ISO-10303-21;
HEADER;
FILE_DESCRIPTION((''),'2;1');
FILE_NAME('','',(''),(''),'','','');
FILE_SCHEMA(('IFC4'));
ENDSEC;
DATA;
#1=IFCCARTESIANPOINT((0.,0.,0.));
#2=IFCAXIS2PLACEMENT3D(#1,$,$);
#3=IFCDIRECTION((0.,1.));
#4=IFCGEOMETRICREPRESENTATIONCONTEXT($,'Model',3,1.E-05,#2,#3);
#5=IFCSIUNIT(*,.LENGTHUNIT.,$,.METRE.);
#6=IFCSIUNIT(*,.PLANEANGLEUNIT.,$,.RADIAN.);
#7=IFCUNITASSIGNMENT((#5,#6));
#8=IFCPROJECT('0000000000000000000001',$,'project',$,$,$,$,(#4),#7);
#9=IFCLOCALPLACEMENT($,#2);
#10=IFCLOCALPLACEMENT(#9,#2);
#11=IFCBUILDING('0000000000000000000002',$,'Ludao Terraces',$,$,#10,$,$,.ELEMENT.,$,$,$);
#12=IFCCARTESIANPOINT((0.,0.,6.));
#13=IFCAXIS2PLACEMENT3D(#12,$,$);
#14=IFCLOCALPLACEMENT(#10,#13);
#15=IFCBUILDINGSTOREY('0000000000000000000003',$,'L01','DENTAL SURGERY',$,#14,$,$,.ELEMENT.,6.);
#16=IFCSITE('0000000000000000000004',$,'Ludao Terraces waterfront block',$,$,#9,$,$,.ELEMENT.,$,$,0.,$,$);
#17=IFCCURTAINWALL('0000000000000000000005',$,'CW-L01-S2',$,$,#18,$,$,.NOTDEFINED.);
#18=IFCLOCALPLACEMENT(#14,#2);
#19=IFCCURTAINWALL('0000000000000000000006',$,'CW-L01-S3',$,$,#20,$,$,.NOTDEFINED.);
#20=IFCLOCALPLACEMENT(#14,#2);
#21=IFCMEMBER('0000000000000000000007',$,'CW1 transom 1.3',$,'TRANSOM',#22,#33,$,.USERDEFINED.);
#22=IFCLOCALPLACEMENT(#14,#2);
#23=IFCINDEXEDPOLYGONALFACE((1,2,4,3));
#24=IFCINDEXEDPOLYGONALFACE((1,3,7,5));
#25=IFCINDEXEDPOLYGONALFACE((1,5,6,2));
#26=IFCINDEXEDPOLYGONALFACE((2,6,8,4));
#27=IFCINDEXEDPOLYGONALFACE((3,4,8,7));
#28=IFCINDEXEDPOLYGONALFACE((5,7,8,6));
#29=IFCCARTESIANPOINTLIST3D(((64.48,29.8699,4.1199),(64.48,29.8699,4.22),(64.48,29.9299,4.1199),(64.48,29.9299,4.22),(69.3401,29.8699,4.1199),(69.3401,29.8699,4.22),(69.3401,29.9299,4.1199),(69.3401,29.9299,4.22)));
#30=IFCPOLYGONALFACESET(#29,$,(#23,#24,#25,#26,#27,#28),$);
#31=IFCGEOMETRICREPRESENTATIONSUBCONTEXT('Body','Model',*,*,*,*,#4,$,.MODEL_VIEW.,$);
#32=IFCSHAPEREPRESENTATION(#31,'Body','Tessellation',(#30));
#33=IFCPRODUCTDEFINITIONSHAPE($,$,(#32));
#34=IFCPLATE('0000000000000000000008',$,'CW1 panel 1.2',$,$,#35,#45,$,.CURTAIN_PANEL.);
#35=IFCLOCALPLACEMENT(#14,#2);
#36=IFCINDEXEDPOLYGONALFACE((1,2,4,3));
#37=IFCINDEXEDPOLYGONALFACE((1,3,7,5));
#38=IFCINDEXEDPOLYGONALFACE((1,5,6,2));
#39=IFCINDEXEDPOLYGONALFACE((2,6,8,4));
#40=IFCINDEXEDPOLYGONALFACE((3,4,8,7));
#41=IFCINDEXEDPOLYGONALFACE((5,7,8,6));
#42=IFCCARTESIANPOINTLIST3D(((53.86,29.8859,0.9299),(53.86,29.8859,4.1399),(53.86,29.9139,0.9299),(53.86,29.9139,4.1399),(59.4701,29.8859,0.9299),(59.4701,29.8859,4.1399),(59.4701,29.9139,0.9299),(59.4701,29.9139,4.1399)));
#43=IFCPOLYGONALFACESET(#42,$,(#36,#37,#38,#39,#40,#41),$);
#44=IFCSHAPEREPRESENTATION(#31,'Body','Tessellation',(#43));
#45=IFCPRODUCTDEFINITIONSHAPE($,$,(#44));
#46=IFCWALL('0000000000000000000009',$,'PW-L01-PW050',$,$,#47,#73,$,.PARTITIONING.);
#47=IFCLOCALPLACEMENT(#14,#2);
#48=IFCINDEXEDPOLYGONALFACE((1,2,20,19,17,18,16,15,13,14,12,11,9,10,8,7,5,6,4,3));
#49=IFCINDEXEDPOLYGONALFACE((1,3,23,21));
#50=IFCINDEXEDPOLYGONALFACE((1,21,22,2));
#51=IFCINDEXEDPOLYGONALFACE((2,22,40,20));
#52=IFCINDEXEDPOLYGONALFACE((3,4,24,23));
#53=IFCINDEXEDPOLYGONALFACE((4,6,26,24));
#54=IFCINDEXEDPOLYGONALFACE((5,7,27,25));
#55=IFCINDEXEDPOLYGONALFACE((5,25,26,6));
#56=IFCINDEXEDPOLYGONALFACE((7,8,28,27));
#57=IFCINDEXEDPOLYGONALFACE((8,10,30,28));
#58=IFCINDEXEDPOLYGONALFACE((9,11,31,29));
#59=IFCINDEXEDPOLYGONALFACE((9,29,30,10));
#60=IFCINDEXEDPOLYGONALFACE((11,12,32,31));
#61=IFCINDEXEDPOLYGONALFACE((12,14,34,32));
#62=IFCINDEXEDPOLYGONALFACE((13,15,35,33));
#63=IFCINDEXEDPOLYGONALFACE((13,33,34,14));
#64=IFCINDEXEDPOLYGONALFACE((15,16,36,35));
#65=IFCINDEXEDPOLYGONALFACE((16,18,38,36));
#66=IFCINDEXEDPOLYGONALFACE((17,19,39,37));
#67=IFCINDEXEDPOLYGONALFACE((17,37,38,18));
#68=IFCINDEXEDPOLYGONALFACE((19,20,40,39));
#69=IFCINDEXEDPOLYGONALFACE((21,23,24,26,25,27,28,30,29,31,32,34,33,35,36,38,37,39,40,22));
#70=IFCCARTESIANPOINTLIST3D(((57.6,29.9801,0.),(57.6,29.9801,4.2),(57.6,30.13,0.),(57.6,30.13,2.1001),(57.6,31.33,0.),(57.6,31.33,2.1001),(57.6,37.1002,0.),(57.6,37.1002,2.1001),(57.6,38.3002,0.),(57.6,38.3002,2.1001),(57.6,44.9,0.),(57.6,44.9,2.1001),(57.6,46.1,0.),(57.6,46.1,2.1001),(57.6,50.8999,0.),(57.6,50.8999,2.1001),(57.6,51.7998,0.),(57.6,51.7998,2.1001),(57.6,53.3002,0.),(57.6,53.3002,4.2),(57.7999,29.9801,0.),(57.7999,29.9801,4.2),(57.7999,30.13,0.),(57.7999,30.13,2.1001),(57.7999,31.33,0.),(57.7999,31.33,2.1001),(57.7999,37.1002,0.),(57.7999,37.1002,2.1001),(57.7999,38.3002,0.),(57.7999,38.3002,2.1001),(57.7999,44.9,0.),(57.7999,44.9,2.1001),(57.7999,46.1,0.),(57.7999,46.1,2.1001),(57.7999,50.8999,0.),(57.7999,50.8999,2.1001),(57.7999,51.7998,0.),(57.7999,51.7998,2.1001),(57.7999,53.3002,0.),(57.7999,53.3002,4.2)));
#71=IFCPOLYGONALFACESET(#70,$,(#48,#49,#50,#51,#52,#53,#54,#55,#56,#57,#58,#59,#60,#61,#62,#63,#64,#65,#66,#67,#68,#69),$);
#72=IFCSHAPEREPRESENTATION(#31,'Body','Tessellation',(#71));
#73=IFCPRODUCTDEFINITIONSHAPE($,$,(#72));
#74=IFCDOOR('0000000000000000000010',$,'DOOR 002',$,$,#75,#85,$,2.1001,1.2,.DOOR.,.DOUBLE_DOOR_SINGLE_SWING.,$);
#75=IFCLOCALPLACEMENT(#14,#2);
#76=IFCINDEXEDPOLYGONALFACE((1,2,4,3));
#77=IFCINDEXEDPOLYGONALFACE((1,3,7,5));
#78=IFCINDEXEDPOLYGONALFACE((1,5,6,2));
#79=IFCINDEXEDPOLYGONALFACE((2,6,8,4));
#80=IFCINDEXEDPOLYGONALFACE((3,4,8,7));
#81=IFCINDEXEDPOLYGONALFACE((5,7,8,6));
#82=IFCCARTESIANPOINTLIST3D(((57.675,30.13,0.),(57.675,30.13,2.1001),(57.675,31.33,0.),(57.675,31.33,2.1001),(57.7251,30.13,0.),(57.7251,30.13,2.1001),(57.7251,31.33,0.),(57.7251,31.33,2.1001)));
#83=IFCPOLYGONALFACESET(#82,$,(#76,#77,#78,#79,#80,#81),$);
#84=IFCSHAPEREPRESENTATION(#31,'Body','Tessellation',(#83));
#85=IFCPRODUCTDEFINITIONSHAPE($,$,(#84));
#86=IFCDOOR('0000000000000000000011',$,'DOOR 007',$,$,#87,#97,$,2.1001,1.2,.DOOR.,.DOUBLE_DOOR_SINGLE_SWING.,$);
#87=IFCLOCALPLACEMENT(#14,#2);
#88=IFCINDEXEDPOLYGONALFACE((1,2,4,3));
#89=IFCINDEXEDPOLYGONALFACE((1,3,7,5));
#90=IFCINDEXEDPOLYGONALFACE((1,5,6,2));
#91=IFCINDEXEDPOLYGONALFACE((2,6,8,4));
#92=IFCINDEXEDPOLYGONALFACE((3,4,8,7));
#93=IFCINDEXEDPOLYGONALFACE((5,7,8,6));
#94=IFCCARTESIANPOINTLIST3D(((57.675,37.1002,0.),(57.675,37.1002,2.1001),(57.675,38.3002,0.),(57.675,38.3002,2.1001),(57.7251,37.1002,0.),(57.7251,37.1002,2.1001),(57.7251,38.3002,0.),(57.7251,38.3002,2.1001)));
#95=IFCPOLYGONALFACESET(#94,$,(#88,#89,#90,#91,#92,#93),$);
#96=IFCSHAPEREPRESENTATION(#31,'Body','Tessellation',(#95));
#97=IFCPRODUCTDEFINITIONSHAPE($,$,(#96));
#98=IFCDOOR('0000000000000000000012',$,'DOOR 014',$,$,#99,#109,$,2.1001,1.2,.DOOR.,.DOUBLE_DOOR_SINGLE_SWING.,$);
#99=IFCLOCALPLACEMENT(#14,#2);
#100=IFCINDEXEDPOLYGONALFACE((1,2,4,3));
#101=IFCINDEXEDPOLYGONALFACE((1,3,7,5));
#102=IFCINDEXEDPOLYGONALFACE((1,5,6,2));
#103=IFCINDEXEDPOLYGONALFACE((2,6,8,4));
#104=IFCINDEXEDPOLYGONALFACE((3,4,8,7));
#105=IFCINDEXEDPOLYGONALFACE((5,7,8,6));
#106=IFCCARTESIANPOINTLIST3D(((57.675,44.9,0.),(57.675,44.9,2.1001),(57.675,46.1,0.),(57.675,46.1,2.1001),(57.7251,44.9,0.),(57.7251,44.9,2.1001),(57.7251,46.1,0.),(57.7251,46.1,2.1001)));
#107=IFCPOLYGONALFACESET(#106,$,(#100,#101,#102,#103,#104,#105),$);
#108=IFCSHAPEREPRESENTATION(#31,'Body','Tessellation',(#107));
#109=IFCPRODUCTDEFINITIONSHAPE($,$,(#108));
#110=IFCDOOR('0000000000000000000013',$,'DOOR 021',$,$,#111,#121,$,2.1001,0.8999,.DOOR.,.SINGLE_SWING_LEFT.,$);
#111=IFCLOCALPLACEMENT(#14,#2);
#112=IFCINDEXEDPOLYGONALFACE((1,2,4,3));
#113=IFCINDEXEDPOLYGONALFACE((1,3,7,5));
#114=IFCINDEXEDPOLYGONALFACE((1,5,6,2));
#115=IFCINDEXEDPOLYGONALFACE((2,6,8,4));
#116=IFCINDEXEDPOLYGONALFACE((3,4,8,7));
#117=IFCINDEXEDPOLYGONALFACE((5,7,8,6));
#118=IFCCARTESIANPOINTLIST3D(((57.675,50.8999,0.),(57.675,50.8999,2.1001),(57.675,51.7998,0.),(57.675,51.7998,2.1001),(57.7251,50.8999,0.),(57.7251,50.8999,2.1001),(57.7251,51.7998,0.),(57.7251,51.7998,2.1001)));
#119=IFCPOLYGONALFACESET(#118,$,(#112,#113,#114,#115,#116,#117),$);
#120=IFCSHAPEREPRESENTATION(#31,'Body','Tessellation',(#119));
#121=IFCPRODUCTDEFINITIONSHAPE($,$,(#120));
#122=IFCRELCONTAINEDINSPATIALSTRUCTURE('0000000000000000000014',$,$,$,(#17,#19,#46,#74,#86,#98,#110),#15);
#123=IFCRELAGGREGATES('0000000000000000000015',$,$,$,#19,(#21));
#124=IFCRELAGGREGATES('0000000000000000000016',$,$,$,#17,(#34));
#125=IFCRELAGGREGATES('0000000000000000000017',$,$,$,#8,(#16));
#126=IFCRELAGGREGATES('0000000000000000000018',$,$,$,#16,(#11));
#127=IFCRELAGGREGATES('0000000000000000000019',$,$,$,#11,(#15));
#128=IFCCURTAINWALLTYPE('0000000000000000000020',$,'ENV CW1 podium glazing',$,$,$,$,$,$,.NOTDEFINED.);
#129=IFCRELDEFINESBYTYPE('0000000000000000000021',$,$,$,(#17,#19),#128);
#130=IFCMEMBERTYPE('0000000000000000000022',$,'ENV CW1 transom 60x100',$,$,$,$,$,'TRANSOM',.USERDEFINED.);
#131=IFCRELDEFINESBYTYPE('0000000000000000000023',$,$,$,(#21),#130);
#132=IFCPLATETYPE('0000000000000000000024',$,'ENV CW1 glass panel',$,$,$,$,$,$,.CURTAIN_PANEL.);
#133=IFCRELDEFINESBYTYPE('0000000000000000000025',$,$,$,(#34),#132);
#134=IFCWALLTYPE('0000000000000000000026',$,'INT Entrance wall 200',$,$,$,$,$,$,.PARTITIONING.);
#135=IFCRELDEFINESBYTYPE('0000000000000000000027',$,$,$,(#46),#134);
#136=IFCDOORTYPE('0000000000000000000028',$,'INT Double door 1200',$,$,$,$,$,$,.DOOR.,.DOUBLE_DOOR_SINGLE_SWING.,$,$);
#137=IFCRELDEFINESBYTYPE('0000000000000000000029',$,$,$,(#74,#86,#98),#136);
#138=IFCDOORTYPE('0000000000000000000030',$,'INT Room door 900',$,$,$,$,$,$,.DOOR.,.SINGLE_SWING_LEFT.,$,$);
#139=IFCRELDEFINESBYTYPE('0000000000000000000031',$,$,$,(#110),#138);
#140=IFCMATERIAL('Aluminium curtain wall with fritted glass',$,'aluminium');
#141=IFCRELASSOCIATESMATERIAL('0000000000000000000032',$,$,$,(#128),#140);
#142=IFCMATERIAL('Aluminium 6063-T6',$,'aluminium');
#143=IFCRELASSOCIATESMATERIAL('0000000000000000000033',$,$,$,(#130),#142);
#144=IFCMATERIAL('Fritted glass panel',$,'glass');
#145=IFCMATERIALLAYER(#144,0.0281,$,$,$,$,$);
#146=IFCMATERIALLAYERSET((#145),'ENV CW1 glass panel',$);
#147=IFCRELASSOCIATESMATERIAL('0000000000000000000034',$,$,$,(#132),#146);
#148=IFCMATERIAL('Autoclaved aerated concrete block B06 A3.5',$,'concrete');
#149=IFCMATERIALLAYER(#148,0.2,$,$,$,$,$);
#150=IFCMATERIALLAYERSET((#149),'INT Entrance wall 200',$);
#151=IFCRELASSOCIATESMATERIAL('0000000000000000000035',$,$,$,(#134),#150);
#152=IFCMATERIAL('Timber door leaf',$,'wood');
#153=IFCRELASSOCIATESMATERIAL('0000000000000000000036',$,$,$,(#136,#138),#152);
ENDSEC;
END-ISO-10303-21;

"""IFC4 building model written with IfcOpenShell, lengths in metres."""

from ifc_helpers import new_model, si_unit, direction, frame, frame_2d, origin, origin_2d, place, context, subcontext, project, spatial, rectangle, extrude, material, layer, layer_set, material_profile, profile_set, type_object, element, fill, aggregate, save


model = new_model("IFC4")

# Units and contexts
model_context = context("Model", 3, precision=1e-05, world=origin(), true_north=direction((0.0, 1.0)))
body_context = subcontext(model_context, "Body", "Model", "MODEL_VIEW")
ifc_project = project(units=[si_unit("LENGTHUNIT", "METRE"), si_unit("PLANEANGLEUNIT", "RADIAN")], contexts=[model_context])

# Site, building, storey
site_placement = place(None, origin())
site = spatial("IfcSite", under=ifc_project, at=site_placement, Name="Ludao Terraces waterfront block", CompositionType="ELEMENT", RefElevation=0.0)
building_placement = place(site_placement, origin())
building = spatial("IfcBuilding", under=site, at=building_placement, Name="Ludao Terraces", CompositionType="ELEMENT")
storey_placement = place(building_placement, frame((0.0, 0.0, 6.0)))
storey = spatial("IfcBuildingStorey", under=building, at=storey_placement, Name="L01", Description="DENTAL SURGERY", CompositionType="ELEMENT", Elevation=6.0)

# Curtain wall
ifc_material_1 = material(Name="Aluminium curtain wall with fritted glass", Category="aluminium")
curtain_wall_type = type_object("IfcCurtainWallType", Name="ENV CW1 podium glazing", PredefinedType="NOTDEFINED", material=ifc_material_1)
curtain_wall_1_placement = place(storey_placement, origin())
curtain_wall_1 = element("IfcCurtainWall", 1, at=curtain_wall_1_placement, inside=storey, type_object=curtain_wall_type, Name="CW-L01-S2", PredefinedType="NOTDEFINED")
ifc_material_2 = material(Name="Aluminium 6063-T6", Category="aluminium")

# Curtain wall, member
curtain_wall_2_placement = place(storey_placement, origin())
curtain_wall_2 = element("IfcCurtainWall", 2, at=curtain_wall_2_placement, inside=storey, type_object=curtain_wall_type, Name="CW-L01-S3", PredefinedType="NOTDEFINED")
ifc_material_profile_1 = material_profile(ifc_material_2, rectangle(XDim=0.0601, YDim=0.1001, at=origin_2d()), Name="60 X 100")
ifc_profile_set_1 = profile_set([ifc_material_profile_1], Name="Aluminium 6063-T6")
member_type_1 = type_object("IfcMemberType", Name="ENV CW1 transom 60x100", ElementType="TRANSOM", PredefinedType="USERDEFINED", material=ifc_profile_set_1)
member_1_placement = place(storey_placement, frame((64.48, 29.8999, 4.1699), z_axis=(1.0, 0.0, 0.0), x_axis=(0.0, 1.0, 0.0)))
member_1 = element("IfcMember", 3, at=member_1_placement, type_object=member_type_1, Name="CW1 transom 1.3", ObjectType="TRANSOM", PredefinedType="USERDEFINED", context=body_context, shape_type="SweptSolid", body=[
    extrude(rectangle(XDim=0.0601, YDim=0.1001, at=origin_2d()), origin(), (0.0, 0.0, 1.0), 4.8601),
])
aggregate(curtain_wall_2, [member_1])

# Plate
ifc_material_3 = material(Name="Fritted glass panel", Category="glass")
ifc_layer_1 = layer(ifc_material_3, 0.0281)
ifc_layer_set_1 = layer_set([ifc_layer_1], Name="ENV CW1 glass panel")
plate_type = type_object("IfcPlateType", Name="ENV CW1 glass panel", PredefinedType="CURTAIN_PANEL", material=ifc_layer_set_1)
plate_placement = place(storey_placement, frame((56.665, 29.8999, 0.9299), z_axis=(0.0, 0.0, 1.0), x_axis=(1.0, 0.0, 0.0)))
plate = element("IfcPlate", 4, at=plate_placement, type_object=plate_type, Name="CW1 panel 1.2", PredefinedType="CURTAIN_PANEL", context=body_context, shape_type="SweptSolid", body=[
    extrude(rectangle(XDim=5.6101, YDim=0.0281, at=origin_2d()), origin(), (0.0, 0.0, 1.0), 3.21),
])
aggregate(curtain_wall_1, [plate])

# Wall, openings, doors
ifc_material_4 = material(Name="Autoclaved aerated concrete block B06 A3.5", Category="concrete")
ifc_layer_2 = layer(ifc_material_4, 0.2)
ifc_layer_set_2 = layer_set([ifc_layer_2], Name="INT Entrance wall 200")
wall_type_1 = type_object("IfcWallType", Name="INT Entrance wall 200", PredefinedType="PARTITIONING", material=ifc_layer_set_2)
wall_1_placement = place(storey_placement, frame((57.7, 29.98, 0.0), z_axis=(0.0, 0.0, 1.0), x_axis=(0.0, 1.0, 0.0)))
wall_1 = element("IfcWall", 5, at=wall_1_placement, inside=storey, type_object=wall_type_1, Name="PW-L01-PW050", PredefinedType="PARTITIONING", context=body_context, shape_type="SweptSolid", body=[
    extrude(rectangle(XDim=23.3201, YDim=0.2, at=frame_2d((11.6602, 0.0))), origin(), (0.0, 0.0, 1.0), 4.2),
])
opening_1_placement = place(wall_1_placement, frame((0.1499, 0.0, 0.0)))
opening_1 = element("IfcOpeningElement", 6, at=opening_1_placement, cuts=wall_1, PredefinedType="OPENING", context=body_context, shape_type="SweptSolid", body=[
    extrude(rectangle(XDim=1.2, YDim=2.1001, at=frame_2d((0.6001, 1.05))), frame((0.0, 0.1099, 0.0), z_axis=(0.0, -1.0, 0.0), x_axis=(1.0, 0.0, 0.0)), (0.0, 0.0, 1.0), 0.22),
])
opening_2_placement = place(wall_1_placement, frame((7.1201, 0.0, 0.0)))
opening_2 = element("IfcOpeningElement", 7, at=opening_2_placement, cuts=wall_1, PredefinedType="OPENING", context=body_context, shape_type="SweptSolid", body=[
    extrude(rectangle(XDim=1.2, YDim=2.1001, at=frame_2d((0.6001, 1.05))), frame((0.0, 0.1099, 0.0), z_axis=(0.0, -1.0, 0.0), x_axis=(1.0, 0.0, 0.0)), (0.0, 0.0, 1.0), 0.22),
])
opening_3_placement = place(wall_1_placement, frame((14.9199, 0.0, 0.0)))
opening_3 = element("IfcOpeningElement", 8, at=opening_3_placement, cuts=wall_1, PredefinedType="OPENING", context=body_context, shape_type="SweptSolid", body=[
    extrude(rectangle(XDim=1.2, YDim=2.1001, at=frame_2d((0.6001, 1.05))), frame((0.0, 0.1099, 0.0), z_axis=(0.0, -1.0, 0.0), x_axis=(1.0, 0.0, 0.0)), (0.0, 0.0, 1.0), 0.22),
])
opening_4_placement = place(wall_1_placement, frame((20.9199, 0.0, 0.0)))
opening_4 = element("IfcOpeningElement", 9, at=opening_4_placement, cuts=wall_1, PredefinedType="OPENING", context=body_context, shape_type="SweptSolid", body=[
    extrude(rectangle(XDim=0.8999, YDim=2.1001, at=frame_2d((0.45, 1.05))), frame((0.0, 0.1099, 0.0), z_axis=(0.0, -1.0, 0.0), x_axis=(1.0, 0.0, 0.0)), (0.0, 0.0, 1.0), 0.22),
])
ifc_material_5 = material(Name="Timber door leaf", Category="wood")
door_type_1 = type_object("IfcDoorType", Name="INT Double door 1200", OperationType="DOUBLE_DOOR_SINGLE_SWING", PredefinedType="DOOR", material=ifc_material_5)
door_1_placement = place(opening_1_placement, origin())
door_1 = element("IfcDoor", 10, at=door_1_placement, inside=storey, type_object=door_type_1, Name="DOOR 002", OperationType="DOUBLE_DOOR_SINGLE_SWING", OverallHeight=2.1001, OverallWidth=1.2, PredefinedType="DOOR", context=body_context, shape_type="SweptSolid", body=[
    extrude(rectangle(XDim=1.2, YDim=2.1001, at=frame_2d((0.6001, 1.05))), frame((0.0, 0.0249, 0.0), z_axis=(0.0, -1.0, 0.0), x_axis=(1.0, 0.0, 0.0)), (0.0, 0.0, 1.0), 0.05),
])
fill(opening_1, door_1)
door_2_placement = place(opening_2_placement, origin())
door_2 = element("IfcDoor", 11, at=door_2_placement, inside=storey, type_object=door_type_1, Name="DOOR 007", OperationType="DOUBLE_DOOR_SINGLE_SWING", OverallHeight=2.1001, OverallWidth=1.2, PredefinedType="DOOR", context=body_context, shape_type="SweptSolid", body=[
    extrude(rectangle(XDim=1.2, YDim=2.1001, at=frame_2d((0.6001, 1.05))), frame((0.0, 0.0249, 0.0), z_axis=(0.0, -1.0, 0.0), x_axis=(1.0, 0.0, 0.0)), (0.0, 0.0, 1.0), 0.05),
])
fill(opening_2, door_2)
door_3_placement = place(opening_3_placement, origin())
door_3 = element("IfcDoor", 12, at=door_3_placement, inside=storey, type_object=door_type_1, Name="DOOR 014", OperationType="DOUBLE_DOOR_SINGLE_SWING", OverallHeight=2.1001, OverallWidth=1.2, PredefinedType="DOOR", context=body_context, shape_type="SweptSolid", body=[
    extrude(rectangle(XDim=1.2, YDim=2.1001, at=frame_2d((0.6001, 1.05))), frame((0.0, 0.0249, 0.0), z_axis=(0.0, -1.0, 0.0), x_axis=(1.0, 0.0, 0.0)), (0.0, 0.0, 1.0), 0.05),
])
fill(opening_3, door_3)
door_type_2 = type_object("IfcDoorType", Name="INT Room door 900", OperationType="SINGLE_SWING_LEFT", PredefinedType="DOOR", material=ifc_material_5)
door_4_placement = place(opening_4_placement, origin())
door_4 = element("IfcDoor", 13, at=door_4_placement, inside=storey, type_object=door_type_2, Name="DOOR 021", OperationType="SINGLE_SWING_LEFT", OverallHeight=2.1001, OverallWidth=0.8999, PredefinedType="DOOR", context=body_context, shape_type="SweptSolid", body=[
    extrude(rectangle(XDim=0.8999, YDim=2.1001, at=frame_2d((0.45, 1.05))), frame((0.0, 0.0249, 0.0), z_axis=(0.0, -1.0, 0.0), x_axis=(1.0, 0.0, 0.0)), (0.0, 0.0, 1.0), 0.05),
])
fill(opening_4, door_4)

save(model, "model.ifc")
